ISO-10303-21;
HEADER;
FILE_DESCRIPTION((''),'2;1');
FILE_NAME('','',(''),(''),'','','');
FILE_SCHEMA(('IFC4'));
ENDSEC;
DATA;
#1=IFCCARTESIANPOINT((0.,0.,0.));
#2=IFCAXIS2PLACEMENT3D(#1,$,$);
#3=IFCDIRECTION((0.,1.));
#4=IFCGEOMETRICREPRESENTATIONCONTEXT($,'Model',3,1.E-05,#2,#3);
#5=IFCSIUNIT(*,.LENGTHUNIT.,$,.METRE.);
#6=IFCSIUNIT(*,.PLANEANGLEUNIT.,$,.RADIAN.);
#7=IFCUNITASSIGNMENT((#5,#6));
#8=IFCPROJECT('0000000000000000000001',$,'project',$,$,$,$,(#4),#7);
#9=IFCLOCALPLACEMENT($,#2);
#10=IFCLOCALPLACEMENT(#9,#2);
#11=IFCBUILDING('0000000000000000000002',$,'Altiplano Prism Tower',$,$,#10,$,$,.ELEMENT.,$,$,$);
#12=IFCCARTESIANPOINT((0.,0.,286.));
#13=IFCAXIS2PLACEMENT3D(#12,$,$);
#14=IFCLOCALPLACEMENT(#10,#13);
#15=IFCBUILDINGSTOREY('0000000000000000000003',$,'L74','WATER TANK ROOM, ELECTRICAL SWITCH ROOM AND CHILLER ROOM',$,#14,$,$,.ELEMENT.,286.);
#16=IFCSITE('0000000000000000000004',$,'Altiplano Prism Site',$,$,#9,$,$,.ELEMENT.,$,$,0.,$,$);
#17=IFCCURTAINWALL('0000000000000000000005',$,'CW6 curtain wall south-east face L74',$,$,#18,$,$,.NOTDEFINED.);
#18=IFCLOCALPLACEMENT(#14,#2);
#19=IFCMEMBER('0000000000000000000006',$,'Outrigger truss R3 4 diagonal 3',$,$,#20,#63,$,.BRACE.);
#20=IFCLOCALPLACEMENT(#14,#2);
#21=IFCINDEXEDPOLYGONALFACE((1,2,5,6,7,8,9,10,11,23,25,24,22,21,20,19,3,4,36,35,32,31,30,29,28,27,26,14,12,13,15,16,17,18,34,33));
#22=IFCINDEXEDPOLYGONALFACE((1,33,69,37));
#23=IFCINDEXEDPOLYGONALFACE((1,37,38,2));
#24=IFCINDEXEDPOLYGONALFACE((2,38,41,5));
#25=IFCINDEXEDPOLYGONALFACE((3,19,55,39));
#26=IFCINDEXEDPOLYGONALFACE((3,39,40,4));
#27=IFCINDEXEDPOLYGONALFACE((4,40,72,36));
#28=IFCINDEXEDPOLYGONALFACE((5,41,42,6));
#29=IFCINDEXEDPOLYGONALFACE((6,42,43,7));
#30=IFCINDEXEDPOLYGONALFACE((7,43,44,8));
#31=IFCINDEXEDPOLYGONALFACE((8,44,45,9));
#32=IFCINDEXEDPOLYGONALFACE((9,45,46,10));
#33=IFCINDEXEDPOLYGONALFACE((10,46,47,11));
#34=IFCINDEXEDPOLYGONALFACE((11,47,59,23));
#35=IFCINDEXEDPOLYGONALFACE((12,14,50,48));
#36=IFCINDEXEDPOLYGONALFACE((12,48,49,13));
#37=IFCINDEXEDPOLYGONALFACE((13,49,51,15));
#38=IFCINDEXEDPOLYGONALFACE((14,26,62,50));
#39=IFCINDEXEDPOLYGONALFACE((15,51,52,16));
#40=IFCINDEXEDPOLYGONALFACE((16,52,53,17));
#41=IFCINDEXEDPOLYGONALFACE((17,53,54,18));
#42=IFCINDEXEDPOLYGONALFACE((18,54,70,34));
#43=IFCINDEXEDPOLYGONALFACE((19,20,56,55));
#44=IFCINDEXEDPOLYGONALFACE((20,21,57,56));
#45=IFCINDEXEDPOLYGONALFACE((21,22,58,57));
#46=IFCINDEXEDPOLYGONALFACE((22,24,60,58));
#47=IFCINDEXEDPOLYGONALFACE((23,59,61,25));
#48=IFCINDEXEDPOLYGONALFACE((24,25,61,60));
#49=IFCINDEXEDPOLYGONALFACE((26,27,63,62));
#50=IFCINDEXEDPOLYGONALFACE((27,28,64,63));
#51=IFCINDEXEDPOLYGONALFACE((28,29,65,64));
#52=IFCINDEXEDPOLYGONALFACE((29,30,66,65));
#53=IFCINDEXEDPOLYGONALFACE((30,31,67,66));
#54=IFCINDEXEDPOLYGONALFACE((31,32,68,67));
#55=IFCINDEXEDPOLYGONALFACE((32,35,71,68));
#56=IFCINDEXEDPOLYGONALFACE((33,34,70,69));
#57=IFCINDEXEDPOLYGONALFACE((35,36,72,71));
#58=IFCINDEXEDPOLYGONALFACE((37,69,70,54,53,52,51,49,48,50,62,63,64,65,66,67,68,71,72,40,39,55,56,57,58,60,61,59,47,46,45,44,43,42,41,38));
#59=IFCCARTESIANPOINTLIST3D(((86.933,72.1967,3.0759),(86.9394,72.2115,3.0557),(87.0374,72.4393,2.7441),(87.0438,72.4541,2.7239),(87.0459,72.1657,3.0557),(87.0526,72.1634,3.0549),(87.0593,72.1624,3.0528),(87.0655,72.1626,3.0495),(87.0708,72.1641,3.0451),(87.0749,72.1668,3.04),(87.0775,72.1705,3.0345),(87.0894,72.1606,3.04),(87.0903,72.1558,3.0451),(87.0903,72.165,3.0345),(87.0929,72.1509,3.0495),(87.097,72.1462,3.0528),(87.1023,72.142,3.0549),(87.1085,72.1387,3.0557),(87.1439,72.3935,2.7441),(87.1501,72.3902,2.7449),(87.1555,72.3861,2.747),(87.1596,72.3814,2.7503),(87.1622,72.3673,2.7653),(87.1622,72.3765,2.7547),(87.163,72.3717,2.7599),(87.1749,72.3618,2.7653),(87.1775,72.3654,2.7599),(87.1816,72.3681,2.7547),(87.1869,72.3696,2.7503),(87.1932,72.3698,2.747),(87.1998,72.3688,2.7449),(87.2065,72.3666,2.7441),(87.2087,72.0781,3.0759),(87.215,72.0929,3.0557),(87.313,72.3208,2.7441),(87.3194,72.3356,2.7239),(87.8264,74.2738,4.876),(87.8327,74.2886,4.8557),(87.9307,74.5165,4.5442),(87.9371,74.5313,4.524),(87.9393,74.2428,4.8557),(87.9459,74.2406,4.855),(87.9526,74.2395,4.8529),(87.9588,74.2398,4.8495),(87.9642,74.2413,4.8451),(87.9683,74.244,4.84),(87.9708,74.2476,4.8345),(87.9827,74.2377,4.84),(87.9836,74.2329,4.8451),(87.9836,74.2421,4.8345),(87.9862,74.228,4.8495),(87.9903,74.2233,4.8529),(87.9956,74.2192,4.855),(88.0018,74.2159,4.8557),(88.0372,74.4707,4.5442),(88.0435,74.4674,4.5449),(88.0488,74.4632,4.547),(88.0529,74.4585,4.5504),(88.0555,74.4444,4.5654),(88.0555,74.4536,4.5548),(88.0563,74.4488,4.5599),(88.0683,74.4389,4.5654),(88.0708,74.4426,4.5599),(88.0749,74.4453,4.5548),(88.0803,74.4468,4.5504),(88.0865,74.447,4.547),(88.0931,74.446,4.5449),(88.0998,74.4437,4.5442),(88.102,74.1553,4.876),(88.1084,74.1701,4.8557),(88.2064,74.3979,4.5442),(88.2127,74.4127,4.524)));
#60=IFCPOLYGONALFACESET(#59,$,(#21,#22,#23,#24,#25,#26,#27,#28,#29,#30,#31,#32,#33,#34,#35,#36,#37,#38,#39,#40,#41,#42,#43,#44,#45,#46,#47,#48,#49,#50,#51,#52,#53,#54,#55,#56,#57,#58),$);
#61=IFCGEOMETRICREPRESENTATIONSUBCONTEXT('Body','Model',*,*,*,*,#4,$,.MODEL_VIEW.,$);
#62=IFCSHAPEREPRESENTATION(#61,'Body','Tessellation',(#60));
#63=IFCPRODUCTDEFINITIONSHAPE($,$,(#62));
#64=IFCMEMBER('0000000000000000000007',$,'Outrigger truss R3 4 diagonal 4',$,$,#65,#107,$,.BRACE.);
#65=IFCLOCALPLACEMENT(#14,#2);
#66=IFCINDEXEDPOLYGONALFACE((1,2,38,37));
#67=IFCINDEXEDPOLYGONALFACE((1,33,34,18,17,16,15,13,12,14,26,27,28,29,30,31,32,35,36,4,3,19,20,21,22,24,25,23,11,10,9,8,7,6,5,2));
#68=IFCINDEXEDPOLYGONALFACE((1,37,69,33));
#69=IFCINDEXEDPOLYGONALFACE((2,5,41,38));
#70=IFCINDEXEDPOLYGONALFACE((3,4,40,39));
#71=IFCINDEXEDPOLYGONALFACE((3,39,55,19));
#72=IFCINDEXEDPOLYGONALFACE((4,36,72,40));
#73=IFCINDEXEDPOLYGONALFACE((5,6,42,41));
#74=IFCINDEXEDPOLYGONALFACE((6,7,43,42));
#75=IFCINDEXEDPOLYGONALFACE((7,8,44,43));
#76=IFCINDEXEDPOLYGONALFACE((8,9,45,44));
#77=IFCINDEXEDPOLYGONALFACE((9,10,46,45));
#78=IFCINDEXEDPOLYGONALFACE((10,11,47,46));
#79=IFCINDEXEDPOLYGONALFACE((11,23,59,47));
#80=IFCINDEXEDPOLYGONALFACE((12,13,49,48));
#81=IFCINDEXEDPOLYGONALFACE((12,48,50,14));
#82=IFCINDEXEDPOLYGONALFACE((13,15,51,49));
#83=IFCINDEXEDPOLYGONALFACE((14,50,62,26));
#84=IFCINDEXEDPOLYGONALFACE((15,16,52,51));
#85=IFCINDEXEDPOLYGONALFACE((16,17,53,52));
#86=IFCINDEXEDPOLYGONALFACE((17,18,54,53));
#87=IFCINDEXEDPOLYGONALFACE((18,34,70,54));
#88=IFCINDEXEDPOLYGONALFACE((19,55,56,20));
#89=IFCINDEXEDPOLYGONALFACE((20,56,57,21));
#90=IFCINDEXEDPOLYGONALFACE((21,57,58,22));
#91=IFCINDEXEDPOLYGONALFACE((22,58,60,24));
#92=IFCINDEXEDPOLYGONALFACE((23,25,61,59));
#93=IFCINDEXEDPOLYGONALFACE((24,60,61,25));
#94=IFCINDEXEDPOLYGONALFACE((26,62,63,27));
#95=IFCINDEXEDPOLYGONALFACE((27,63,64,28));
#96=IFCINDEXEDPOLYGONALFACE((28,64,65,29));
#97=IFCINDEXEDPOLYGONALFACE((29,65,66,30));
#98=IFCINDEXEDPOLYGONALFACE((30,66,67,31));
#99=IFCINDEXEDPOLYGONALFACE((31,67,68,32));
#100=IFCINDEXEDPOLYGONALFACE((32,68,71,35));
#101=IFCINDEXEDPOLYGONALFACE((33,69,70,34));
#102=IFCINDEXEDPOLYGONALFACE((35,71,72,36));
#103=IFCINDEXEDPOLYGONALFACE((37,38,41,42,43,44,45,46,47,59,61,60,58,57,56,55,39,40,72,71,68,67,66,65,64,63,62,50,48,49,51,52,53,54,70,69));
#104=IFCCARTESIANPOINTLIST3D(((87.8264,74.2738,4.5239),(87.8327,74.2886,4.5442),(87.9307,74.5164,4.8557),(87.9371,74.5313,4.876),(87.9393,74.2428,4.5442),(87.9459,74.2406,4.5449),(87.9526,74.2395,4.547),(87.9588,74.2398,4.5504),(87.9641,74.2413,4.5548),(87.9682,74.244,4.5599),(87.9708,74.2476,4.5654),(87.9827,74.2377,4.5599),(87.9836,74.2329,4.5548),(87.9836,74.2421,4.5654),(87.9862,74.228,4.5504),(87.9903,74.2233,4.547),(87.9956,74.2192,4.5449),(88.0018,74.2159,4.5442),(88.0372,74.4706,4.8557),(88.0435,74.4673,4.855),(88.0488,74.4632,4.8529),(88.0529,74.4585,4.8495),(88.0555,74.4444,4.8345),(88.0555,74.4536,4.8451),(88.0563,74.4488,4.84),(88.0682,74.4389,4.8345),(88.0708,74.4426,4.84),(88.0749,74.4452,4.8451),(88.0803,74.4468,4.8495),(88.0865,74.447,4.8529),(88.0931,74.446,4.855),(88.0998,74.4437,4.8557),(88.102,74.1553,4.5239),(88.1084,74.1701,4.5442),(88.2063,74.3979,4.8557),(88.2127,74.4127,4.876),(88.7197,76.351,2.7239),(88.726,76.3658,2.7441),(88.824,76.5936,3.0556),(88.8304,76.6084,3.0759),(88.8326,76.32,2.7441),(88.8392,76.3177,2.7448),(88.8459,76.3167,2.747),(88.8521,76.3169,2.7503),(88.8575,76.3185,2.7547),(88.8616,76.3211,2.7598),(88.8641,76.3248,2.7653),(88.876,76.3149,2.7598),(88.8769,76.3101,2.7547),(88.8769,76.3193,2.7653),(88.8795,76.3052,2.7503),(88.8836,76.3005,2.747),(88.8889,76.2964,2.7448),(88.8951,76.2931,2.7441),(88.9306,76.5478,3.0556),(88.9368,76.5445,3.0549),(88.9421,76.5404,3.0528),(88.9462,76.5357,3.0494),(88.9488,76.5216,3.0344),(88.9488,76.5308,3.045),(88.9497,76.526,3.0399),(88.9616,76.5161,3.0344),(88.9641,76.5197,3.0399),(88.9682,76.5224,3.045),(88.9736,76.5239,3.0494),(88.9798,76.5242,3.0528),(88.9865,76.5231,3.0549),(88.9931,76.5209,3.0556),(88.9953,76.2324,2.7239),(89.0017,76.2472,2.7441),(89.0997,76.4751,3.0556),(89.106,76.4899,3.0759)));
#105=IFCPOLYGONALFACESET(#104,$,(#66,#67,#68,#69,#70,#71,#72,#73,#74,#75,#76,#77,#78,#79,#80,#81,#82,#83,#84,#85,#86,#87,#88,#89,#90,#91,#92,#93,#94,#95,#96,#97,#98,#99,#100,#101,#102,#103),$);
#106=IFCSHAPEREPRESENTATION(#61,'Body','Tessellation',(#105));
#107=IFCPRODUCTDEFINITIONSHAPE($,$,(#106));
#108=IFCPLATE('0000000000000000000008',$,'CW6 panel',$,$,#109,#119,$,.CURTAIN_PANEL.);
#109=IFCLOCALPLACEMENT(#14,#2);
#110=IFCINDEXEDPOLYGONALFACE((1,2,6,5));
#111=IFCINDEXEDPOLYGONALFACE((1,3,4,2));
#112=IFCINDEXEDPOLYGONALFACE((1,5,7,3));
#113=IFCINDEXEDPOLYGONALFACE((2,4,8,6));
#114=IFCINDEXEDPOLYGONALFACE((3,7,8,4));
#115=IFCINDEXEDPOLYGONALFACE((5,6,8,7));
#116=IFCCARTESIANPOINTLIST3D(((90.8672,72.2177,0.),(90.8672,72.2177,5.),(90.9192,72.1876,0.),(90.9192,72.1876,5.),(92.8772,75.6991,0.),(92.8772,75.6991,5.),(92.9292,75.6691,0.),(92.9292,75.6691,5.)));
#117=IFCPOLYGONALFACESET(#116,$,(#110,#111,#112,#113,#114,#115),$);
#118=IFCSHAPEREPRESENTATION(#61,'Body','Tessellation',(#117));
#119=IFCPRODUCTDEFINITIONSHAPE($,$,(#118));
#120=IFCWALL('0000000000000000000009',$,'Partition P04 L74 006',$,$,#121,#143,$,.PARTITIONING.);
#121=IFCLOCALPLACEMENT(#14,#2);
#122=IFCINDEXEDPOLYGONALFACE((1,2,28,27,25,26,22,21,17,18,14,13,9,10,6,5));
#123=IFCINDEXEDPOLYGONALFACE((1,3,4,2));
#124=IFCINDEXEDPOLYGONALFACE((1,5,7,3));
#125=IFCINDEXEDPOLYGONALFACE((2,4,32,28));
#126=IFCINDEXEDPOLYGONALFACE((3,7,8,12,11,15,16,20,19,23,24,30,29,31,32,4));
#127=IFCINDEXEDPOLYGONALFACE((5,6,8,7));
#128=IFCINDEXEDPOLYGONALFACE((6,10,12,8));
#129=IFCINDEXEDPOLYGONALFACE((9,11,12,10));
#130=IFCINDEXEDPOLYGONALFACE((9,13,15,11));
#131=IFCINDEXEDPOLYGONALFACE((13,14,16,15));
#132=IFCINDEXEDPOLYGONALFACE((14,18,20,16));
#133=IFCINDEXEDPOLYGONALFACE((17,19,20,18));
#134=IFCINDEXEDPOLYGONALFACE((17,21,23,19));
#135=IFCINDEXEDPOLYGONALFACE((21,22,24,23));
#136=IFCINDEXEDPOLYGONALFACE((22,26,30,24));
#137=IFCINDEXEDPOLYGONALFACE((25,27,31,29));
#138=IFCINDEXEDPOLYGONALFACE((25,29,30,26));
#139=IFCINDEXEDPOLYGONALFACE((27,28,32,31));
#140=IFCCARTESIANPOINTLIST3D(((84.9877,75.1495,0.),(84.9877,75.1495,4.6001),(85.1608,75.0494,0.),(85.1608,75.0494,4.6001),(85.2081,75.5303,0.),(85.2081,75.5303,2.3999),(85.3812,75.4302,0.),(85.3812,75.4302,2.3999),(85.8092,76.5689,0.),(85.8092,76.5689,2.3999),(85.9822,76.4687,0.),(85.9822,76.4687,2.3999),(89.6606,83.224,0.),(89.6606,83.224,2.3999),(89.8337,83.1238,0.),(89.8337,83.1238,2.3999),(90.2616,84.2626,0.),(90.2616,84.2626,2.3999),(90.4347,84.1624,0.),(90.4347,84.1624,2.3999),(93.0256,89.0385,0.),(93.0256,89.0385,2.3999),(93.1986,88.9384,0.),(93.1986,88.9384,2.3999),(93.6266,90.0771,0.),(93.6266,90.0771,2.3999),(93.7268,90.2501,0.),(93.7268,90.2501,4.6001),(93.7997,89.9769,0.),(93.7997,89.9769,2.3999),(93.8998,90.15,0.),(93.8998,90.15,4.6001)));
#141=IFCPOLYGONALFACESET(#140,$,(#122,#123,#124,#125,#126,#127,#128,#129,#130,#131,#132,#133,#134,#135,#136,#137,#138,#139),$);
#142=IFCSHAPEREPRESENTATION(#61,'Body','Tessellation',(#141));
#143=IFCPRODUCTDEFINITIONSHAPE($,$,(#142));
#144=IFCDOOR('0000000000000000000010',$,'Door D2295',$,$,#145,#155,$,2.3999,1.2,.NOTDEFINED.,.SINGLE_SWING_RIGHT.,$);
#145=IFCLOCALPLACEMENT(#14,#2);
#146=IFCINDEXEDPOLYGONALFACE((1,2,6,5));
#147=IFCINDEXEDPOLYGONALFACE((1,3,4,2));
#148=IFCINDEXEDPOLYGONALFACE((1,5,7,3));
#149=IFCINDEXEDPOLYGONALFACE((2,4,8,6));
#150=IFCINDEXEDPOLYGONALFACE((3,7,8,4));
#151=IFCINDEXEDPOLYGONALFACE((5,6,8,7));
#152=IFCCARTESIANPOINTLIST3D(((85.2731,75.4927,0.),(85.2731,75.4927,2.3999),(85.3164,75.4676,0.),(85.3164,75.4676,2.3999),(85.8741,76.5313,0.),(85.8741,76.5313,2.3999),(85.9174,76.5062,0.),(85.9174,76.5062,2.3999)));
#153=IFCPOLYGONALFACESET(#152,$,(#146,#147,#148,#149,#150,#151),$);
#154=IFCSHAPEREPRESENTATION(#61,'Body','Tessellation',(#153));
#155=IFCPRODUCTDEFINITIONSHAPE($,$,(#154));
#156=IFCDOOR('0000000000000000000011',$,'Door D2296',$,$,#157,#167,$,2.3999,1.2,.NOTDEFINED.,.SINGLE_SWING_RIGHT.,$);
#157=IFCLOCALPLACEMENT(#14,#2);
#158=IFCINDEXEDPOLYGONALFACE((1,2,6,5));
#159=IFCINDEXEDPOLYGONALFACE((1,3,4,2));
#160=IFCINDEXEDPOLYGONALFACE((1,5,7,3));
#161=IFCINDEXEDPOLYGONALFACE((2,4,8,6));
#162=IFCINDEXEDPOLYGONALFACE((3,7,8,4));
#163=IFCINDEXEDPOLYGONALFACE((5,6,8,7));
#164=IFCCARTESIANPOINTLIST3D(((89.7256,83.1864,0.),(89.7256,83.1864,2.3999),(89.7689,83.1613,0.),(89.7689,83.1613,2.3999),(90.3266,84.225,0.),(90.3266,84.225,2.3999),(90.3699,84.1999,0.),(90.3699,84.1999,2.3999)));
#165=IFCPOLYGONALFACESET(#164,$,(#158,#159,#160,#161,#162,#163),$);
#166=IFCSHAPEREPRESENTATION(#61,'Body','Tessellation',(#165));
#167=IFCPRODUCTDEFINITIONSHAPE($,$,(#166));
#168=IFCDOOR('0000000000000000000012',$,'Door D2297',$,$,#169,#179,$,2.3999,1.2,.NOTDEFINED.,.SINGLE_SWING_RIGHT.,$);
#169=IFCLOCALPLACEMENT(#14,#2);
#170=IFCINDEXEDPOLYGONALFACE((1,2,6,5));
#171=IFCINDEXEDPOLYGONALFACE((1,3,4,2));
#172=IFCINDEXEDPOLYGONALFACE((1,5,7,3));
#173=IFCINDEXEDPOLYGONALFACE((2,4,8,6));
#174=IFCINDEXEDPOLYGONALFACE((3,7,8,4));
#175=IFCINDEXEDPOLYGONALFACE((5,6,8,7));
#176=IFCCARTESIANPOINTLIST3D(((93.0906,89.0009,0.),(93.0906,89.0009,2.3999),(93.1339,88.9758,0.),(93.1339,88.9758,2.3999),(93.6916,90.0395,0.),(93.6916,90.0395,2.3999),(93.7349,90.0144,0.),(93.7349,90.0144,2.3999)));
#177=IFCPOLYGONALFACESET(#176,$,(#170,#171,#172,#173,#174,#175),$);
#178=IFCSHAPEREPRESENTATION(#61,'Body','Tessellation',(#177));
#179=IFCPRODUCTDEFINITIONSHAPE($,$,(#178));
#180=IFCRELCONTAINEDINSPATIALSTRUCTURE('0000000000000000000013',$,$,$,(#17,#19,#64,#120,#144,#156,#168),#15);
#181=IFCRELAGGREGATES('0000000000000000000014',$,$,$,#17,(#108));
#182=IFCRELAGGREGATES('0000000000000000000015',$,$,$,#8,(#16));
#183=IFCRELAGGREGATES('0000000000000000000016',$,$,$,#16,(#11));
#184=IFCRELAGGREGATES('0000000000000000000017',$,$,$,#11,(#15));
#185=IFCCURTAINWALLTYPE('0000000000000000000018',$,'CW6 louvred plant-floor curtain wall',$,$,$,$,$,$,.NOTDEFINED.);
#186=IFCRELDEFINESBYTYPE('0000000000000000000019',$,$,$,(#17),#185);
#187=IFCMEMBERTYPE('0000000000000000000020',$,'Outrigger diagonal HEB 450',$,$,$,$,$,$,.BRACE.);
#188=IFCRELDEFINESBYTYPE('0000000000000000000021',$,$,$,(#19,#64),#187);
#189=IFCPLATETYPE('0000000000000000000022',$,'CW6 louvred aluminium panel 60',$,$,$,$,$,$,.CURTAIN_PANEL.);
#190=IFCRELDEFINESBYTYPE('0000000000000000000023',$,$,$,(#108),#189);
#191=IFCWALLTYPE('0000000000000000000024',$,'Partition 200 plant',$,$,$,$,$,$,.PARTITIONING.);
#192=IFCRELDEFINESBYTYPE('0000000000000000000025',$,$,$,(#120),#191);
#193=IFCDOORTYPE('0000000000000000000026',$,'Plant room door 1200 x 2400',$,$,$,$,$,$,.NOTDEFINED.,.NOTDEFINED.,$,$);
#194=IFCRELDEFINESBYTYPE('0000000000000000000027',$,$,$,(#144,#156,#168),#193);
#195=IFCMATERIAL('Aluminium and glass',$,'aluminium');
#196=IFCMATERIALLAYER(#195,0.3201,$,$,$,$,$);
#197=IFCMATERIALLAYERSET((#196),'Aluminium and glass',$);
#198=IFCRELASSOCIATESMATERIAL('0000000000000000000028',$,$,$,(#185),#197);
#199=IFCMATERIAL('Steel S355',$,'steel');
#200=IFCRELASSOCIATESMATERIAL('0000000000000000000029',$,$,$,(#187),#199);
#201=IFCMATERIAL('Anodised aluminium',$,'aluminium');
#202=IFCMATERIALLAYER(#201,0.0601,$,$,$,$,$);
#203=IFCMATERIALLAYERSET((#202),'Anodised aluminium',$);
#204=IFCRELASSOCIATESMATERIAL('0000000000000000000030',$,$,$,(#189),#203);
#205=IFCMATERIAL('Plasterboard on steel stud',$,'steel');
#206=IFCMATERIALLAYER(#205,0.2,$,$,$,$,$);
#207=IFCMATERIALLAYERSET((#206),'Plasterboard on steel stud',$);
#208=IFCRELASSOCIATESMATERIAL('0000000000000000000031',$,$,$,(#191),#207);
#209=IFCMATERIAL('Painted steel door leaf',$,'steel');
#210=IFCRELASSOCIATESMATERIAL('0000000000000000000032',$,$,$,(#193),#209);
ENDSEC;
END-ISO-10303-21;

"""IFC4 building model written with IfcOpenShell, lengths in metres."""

from ifc_helpers import new_model, si_unit, direction, frame, frame_2d, origin, origin_2d, place, context, subcontext, project, spatial, rectangle, i_section, extrude, material, layer, layer_set, material_profile, profile_set, type_object, element, fill, aggregate, save


model = new_model("IFC4")

# Units and contexts
model_context = context("Model", 3, precision=1e-05, world=origin(), true_north=direction((0.0, 1.0)))
body_context = subcontext(model_context, "Body", "Model", "MODEL_VIEW")
ifc_project = project(units=[si_unit("LENGTHUNIT", "METRE"), si_unit("PLANEANGLEUNIT", "RADIAN")], contexts=[model_context])

# Site, building, storey
site_placement = place(None, origin())
site = spatial("IfcSite", under=ifc_project, at=site_placement, Name="Altiplano Prism Site", CompositionType="ELEMENT", RefElevation=0.0)
building_placement = place(site_placement, origin())
building = spatial("IfcBuilding", under=site, at=building_placement, Name="Altiplano Prism Tower", CompositionType="ELEMENT")
storey_placement = place(building_placement, frame((0.0, 0.0, 286.0)))
storey = spatial("IfcBuildingStorey", under=building, at=storey_placement, Name="L74", Description="WATER TANK ROOM, ELECTRICAL SWITCH ROOM AND CHILLER ROOM", CompositionType="ELEMENT", Elevation=286.0)

# Shared definitions
ifc_material_1 = material(Name="Steel S355", Category="steel")

# Curtain wall
ifc_material_2 = material(Name="Aluminium and glass", Category="aluminium")
ifc_layer_1 = layer(ifc_material_2, 0.3201)
ifc_layer_set_1 = layer_set([ifc_layer_1], Name="Aluminium and glass")
curtain_wall_type = type_object("IfcCurtainWallType", Name="CW6 louvred plant-floor curtain wall", PredefinedType="NOTDEFINED", material=ifc_layer_set_1)
curtain_wall_placement = place(storey_placement, origin())
curtain_wall = element("IfcCurtainWall", 1, at=curtain_wall_placement, inside=storey, type_object=curtain_wall_type, Name="CW6 curtain wall south-east face L74", PredefinedType="NOTDEFINED")

# Members
ifc_material_profile_1 = material_profile(ifc_material_1, i_section(OverallWidth=0.3, OverallDepth=0.45, WebThickness=0.0139, FlangeThickness=0.0259, FilletRadius=0.0271, at=origin_2d()), Name="Outrigger diagonal HEB 450")
ifc_profile_set_1 = profile_set([ifc_material_profile_1], Name="Steel S355")
member_type_1 = type_object("IfcMemberType", Name="Outrigger diagonal HEB 450", PredefinedType="BRACE", material=ifc_profile_set_1)
for number, where, z_axis, x_axis, name in (
    (2, (87.1262, 72.2661, 2.8999), (0.309092, 0.71871, 0.622831), (-0.918647, 0.395079, 0.0), "Outrigger truss R3 4 diagonal 3"),
    (3, (88.0195, 74.3433, 4.7), (0.309092, 0.71871, -0.622831), (-0.918647, 0.395079, 0.0), "Outrigger truss R3 4 diagonal 4"),
):
    element("IfcMember", number, at=place(storey_placement, frame(where, z_axis=z_axis, x_axis=x_axis)), inside=storey, type_object=member_type_1, Name=name, PredefinedType="BRACE", context=body_context, shape_type="SweptSolid", body=[
        extrude(i_section(OverallWidth=0.3, OverallDepth=0.45, WebThickness=0.0139, FlangeThickness=0.0259, FilletRadius=0.0271, at=origin_2d()), origin(), (0.0, 0.0, 1.0), 2.8901),
    ])

# Plate
ifc_material_3 = material(Name="Anodised aluminium", Category="aluminium")
ifc_layer_2 = layer(ifc_material_3, 0.0601)
ifc_layer_set_2 = layer_set([ifc_layer_2], Name="Anodised aluminium")
plate_type = type_object("IfcPlateType", Name="CW6 louvred aluminium panel 60", PredefinedType="CURTAIN_PANEL", material=ifc_layer_set_2)
plate_placement = place(storey_placement, frame((91.8982, 73.9434, 0.0), z_axis=(0.0, 0.0, 1.0), x_axis=(0.5, 0.866025, 0.0)))
plate = element("IfcPlate", 4, at=plate_placement, type_object=plate_type, Name="CW6 panel", PredefinedType="CURTAIN_PANEL", context=body_context, shape_type="SweptSolid", body=[
    extrude(rectangle(XDim=4.02, YDim=0.0601, at=origin_2d()), origin(), (0.0, 0.0, 1.0), 5.0),
])
aggregate(curtain_wall, [plate])

# Wall, openings, doors
ifc_material_4 = material(Name="Plasterboard on steel stud", Category="steel")
ifc_layer_3 = layer(ifc_material_4, 0.2)
ifc_layer_set_3 = layer_set([ifc_layer_3], Name="Plasterboard on steel stud")
wall_type = type_object("IfcWallType", Name="Partition 200 plant", PredefinedType="PARTITIONING", material=ifc_layer_set_3)
wall_1_placement = place(storey_placement, frame((85.0742, 75.0994, 0.0), z_axis=(0.0, 0.0, 1.0), x_axis=(0.500889, 0.865512, 0.0)))
wall_1 = element("IfcWall", 5, at=wall_1_placement, inside=storey, type_object=wall_type, Name="Partition P04 L74 006", PredefinedType="PARTITIONING", context=body_context, shape_type="SweptSolid", body=[
    extrude(rectangle(XDim=17.447, YDim=0.2, at=frame_2d((8.7236, 0.0))), origin(), (0.0, 0.0, 1.0), 4.6001),
])
opening_1_placement = place(wall_1_placement, frame((0.4399, 0.0, 0.0)))
opening_1 = element("IfcOpeningElement", 6, at=opening_1_placement, cuts=wall_1, PredefinedType="OPENING", context=body_context, shape_type="SweptSolid", body=[
    extrude(rectangle(XDim=1.2, YDim=2.3999, at=frame_2d((0.6001, 1.2))), frame((0.0, 0.1104, 0.0), z_axis=(0.0, -1.0, 0.0), x_axis=(1.0, 0.0, 0.0)), (0.0, 0.0, 1.0), 0.2209),
])
opening_2_placement = place(wall_1_placement, frame((9.3291, 0.0, 0.0)))
opening_2 = element("IfcOpeningElement", 7, at=opening_2_placement, cuts=wall_1, PredefinedType="OPENING", context=body_context, shape_type="SweptSolid", body=[
    extrude(rectangle(XDim=1.2, YDim=2.3999, at=frame_2d((0.6001, 1.2))), frame((0.0, 0.1104, 0.0), z_axis=(0.0, -1.0, 0.0), x_axis=(1.0, 0.0, 0.0)), (0.0, 0.0, 1.0), 0.2209),
])
opening_3_placement = place(wall_1_placement, frame((16.0471, 0.0, 0.0)))
opening_3 = element("IfcOpeningElement", 8, at=opening_3_placement, cuts=wall_1, PredefinedType="OPENING", context=body_context, shape_type="SweptSolid", body=[
    extrude(rectangle(XDim=1.2, YDim=2.3999, at=frame_2d((0.6001, 1.2))), frame((0.0, 0.1104, 0.0), z_axis=(0.0, -1.0, 0.0), x_axis=(1.0, 0.0, 0.0)), (0.0, 0.0, 1.0), 0.2209),
])
ifc_material_5 = material(Name="Painted steel door leaf", Category="steel")
door_type = type_object("IfcDoorType", Name="Plant room door 1200 x 2400", OperationType="NOTDEFINED", PredefinedType="NOTDEFINED", material=ifc_material_5)
door_1_placement = place(opening_1_placement, origin())
door_1 = element("IfcDoor", 9, at=door_1_placement, inside=storey, type_object=door_type, Name="Door D2295", OperationType="SINGLE_SWING_RIGHT", OverallHeight=2.3999, OverallWidth=1.2, PredefinedType="NOTDEFINED", context=body_context, shape_type="SweptSolid", body=[
    extrude(rectangle(XDim=1.2, YDim=2.3999, at=frame_2d((0.6001, 1.2))), frame((0.0, 0.0249, 0.0), z_axis=(0.0, -1.0, 0.0), x_axis=(1.0, 0.0, 0.0)), (0.0, 0.0, 1.0), 0.05),
])
fill(opening_1, door_1)
door_2_placement = place(opening_2_placement, origin())
door_2 = element("IfcDoor", 10, at=door_2_placement, inside=storey, type_object=door_type, Name="Door D2296", OperationType="SINGLE_SWING_RIGHT", OverallHeight=2.3999, OverallWidth=1.2, PredefinedType="NOTDEFINED", context=body_context, shape_type="SweptSolid", body=[
    extrude(rectangle(XDim=1.2, YDim=2.3999, at=frame_2d((0.6001, 1.2))), frame((0.0, 0.0249, 0.0), z_axis=(0.0, -1.0, 0.0), x_axis=(1.0, 0.0, 0.0)), (0.0, 0.0, 1.0), 0.05),
])
fill(opening_2, door_2)
door_3_placement = place(opening_3_placement, origin())
door_3 = element("IfcDoor", 11, at=door_3_placement, inside=storey, type_object=door_type, Name="Door D2297", OperationType="SINGLE_SWING_RIGHT", OverallHeight=2.3999, OverallWidth=1.2, PredefinedType="NOTDEFINED", context=body_context, shape_type="SweptSolid", body=[
    extrude(rectangle(XDim=1.2, YDim=2.3999, at=frame_2d((0.6001, 1.2))), frame((0.0, 0.0249, 0.0), z_axis=(0.0, -1.0, 0.0), x_axis=(1.0, 0.0, 0.0)), (0.0, 0.0, 1.0), 0.05),
])
fill(opening_3, door_3)

save(model, "model.ifc")
